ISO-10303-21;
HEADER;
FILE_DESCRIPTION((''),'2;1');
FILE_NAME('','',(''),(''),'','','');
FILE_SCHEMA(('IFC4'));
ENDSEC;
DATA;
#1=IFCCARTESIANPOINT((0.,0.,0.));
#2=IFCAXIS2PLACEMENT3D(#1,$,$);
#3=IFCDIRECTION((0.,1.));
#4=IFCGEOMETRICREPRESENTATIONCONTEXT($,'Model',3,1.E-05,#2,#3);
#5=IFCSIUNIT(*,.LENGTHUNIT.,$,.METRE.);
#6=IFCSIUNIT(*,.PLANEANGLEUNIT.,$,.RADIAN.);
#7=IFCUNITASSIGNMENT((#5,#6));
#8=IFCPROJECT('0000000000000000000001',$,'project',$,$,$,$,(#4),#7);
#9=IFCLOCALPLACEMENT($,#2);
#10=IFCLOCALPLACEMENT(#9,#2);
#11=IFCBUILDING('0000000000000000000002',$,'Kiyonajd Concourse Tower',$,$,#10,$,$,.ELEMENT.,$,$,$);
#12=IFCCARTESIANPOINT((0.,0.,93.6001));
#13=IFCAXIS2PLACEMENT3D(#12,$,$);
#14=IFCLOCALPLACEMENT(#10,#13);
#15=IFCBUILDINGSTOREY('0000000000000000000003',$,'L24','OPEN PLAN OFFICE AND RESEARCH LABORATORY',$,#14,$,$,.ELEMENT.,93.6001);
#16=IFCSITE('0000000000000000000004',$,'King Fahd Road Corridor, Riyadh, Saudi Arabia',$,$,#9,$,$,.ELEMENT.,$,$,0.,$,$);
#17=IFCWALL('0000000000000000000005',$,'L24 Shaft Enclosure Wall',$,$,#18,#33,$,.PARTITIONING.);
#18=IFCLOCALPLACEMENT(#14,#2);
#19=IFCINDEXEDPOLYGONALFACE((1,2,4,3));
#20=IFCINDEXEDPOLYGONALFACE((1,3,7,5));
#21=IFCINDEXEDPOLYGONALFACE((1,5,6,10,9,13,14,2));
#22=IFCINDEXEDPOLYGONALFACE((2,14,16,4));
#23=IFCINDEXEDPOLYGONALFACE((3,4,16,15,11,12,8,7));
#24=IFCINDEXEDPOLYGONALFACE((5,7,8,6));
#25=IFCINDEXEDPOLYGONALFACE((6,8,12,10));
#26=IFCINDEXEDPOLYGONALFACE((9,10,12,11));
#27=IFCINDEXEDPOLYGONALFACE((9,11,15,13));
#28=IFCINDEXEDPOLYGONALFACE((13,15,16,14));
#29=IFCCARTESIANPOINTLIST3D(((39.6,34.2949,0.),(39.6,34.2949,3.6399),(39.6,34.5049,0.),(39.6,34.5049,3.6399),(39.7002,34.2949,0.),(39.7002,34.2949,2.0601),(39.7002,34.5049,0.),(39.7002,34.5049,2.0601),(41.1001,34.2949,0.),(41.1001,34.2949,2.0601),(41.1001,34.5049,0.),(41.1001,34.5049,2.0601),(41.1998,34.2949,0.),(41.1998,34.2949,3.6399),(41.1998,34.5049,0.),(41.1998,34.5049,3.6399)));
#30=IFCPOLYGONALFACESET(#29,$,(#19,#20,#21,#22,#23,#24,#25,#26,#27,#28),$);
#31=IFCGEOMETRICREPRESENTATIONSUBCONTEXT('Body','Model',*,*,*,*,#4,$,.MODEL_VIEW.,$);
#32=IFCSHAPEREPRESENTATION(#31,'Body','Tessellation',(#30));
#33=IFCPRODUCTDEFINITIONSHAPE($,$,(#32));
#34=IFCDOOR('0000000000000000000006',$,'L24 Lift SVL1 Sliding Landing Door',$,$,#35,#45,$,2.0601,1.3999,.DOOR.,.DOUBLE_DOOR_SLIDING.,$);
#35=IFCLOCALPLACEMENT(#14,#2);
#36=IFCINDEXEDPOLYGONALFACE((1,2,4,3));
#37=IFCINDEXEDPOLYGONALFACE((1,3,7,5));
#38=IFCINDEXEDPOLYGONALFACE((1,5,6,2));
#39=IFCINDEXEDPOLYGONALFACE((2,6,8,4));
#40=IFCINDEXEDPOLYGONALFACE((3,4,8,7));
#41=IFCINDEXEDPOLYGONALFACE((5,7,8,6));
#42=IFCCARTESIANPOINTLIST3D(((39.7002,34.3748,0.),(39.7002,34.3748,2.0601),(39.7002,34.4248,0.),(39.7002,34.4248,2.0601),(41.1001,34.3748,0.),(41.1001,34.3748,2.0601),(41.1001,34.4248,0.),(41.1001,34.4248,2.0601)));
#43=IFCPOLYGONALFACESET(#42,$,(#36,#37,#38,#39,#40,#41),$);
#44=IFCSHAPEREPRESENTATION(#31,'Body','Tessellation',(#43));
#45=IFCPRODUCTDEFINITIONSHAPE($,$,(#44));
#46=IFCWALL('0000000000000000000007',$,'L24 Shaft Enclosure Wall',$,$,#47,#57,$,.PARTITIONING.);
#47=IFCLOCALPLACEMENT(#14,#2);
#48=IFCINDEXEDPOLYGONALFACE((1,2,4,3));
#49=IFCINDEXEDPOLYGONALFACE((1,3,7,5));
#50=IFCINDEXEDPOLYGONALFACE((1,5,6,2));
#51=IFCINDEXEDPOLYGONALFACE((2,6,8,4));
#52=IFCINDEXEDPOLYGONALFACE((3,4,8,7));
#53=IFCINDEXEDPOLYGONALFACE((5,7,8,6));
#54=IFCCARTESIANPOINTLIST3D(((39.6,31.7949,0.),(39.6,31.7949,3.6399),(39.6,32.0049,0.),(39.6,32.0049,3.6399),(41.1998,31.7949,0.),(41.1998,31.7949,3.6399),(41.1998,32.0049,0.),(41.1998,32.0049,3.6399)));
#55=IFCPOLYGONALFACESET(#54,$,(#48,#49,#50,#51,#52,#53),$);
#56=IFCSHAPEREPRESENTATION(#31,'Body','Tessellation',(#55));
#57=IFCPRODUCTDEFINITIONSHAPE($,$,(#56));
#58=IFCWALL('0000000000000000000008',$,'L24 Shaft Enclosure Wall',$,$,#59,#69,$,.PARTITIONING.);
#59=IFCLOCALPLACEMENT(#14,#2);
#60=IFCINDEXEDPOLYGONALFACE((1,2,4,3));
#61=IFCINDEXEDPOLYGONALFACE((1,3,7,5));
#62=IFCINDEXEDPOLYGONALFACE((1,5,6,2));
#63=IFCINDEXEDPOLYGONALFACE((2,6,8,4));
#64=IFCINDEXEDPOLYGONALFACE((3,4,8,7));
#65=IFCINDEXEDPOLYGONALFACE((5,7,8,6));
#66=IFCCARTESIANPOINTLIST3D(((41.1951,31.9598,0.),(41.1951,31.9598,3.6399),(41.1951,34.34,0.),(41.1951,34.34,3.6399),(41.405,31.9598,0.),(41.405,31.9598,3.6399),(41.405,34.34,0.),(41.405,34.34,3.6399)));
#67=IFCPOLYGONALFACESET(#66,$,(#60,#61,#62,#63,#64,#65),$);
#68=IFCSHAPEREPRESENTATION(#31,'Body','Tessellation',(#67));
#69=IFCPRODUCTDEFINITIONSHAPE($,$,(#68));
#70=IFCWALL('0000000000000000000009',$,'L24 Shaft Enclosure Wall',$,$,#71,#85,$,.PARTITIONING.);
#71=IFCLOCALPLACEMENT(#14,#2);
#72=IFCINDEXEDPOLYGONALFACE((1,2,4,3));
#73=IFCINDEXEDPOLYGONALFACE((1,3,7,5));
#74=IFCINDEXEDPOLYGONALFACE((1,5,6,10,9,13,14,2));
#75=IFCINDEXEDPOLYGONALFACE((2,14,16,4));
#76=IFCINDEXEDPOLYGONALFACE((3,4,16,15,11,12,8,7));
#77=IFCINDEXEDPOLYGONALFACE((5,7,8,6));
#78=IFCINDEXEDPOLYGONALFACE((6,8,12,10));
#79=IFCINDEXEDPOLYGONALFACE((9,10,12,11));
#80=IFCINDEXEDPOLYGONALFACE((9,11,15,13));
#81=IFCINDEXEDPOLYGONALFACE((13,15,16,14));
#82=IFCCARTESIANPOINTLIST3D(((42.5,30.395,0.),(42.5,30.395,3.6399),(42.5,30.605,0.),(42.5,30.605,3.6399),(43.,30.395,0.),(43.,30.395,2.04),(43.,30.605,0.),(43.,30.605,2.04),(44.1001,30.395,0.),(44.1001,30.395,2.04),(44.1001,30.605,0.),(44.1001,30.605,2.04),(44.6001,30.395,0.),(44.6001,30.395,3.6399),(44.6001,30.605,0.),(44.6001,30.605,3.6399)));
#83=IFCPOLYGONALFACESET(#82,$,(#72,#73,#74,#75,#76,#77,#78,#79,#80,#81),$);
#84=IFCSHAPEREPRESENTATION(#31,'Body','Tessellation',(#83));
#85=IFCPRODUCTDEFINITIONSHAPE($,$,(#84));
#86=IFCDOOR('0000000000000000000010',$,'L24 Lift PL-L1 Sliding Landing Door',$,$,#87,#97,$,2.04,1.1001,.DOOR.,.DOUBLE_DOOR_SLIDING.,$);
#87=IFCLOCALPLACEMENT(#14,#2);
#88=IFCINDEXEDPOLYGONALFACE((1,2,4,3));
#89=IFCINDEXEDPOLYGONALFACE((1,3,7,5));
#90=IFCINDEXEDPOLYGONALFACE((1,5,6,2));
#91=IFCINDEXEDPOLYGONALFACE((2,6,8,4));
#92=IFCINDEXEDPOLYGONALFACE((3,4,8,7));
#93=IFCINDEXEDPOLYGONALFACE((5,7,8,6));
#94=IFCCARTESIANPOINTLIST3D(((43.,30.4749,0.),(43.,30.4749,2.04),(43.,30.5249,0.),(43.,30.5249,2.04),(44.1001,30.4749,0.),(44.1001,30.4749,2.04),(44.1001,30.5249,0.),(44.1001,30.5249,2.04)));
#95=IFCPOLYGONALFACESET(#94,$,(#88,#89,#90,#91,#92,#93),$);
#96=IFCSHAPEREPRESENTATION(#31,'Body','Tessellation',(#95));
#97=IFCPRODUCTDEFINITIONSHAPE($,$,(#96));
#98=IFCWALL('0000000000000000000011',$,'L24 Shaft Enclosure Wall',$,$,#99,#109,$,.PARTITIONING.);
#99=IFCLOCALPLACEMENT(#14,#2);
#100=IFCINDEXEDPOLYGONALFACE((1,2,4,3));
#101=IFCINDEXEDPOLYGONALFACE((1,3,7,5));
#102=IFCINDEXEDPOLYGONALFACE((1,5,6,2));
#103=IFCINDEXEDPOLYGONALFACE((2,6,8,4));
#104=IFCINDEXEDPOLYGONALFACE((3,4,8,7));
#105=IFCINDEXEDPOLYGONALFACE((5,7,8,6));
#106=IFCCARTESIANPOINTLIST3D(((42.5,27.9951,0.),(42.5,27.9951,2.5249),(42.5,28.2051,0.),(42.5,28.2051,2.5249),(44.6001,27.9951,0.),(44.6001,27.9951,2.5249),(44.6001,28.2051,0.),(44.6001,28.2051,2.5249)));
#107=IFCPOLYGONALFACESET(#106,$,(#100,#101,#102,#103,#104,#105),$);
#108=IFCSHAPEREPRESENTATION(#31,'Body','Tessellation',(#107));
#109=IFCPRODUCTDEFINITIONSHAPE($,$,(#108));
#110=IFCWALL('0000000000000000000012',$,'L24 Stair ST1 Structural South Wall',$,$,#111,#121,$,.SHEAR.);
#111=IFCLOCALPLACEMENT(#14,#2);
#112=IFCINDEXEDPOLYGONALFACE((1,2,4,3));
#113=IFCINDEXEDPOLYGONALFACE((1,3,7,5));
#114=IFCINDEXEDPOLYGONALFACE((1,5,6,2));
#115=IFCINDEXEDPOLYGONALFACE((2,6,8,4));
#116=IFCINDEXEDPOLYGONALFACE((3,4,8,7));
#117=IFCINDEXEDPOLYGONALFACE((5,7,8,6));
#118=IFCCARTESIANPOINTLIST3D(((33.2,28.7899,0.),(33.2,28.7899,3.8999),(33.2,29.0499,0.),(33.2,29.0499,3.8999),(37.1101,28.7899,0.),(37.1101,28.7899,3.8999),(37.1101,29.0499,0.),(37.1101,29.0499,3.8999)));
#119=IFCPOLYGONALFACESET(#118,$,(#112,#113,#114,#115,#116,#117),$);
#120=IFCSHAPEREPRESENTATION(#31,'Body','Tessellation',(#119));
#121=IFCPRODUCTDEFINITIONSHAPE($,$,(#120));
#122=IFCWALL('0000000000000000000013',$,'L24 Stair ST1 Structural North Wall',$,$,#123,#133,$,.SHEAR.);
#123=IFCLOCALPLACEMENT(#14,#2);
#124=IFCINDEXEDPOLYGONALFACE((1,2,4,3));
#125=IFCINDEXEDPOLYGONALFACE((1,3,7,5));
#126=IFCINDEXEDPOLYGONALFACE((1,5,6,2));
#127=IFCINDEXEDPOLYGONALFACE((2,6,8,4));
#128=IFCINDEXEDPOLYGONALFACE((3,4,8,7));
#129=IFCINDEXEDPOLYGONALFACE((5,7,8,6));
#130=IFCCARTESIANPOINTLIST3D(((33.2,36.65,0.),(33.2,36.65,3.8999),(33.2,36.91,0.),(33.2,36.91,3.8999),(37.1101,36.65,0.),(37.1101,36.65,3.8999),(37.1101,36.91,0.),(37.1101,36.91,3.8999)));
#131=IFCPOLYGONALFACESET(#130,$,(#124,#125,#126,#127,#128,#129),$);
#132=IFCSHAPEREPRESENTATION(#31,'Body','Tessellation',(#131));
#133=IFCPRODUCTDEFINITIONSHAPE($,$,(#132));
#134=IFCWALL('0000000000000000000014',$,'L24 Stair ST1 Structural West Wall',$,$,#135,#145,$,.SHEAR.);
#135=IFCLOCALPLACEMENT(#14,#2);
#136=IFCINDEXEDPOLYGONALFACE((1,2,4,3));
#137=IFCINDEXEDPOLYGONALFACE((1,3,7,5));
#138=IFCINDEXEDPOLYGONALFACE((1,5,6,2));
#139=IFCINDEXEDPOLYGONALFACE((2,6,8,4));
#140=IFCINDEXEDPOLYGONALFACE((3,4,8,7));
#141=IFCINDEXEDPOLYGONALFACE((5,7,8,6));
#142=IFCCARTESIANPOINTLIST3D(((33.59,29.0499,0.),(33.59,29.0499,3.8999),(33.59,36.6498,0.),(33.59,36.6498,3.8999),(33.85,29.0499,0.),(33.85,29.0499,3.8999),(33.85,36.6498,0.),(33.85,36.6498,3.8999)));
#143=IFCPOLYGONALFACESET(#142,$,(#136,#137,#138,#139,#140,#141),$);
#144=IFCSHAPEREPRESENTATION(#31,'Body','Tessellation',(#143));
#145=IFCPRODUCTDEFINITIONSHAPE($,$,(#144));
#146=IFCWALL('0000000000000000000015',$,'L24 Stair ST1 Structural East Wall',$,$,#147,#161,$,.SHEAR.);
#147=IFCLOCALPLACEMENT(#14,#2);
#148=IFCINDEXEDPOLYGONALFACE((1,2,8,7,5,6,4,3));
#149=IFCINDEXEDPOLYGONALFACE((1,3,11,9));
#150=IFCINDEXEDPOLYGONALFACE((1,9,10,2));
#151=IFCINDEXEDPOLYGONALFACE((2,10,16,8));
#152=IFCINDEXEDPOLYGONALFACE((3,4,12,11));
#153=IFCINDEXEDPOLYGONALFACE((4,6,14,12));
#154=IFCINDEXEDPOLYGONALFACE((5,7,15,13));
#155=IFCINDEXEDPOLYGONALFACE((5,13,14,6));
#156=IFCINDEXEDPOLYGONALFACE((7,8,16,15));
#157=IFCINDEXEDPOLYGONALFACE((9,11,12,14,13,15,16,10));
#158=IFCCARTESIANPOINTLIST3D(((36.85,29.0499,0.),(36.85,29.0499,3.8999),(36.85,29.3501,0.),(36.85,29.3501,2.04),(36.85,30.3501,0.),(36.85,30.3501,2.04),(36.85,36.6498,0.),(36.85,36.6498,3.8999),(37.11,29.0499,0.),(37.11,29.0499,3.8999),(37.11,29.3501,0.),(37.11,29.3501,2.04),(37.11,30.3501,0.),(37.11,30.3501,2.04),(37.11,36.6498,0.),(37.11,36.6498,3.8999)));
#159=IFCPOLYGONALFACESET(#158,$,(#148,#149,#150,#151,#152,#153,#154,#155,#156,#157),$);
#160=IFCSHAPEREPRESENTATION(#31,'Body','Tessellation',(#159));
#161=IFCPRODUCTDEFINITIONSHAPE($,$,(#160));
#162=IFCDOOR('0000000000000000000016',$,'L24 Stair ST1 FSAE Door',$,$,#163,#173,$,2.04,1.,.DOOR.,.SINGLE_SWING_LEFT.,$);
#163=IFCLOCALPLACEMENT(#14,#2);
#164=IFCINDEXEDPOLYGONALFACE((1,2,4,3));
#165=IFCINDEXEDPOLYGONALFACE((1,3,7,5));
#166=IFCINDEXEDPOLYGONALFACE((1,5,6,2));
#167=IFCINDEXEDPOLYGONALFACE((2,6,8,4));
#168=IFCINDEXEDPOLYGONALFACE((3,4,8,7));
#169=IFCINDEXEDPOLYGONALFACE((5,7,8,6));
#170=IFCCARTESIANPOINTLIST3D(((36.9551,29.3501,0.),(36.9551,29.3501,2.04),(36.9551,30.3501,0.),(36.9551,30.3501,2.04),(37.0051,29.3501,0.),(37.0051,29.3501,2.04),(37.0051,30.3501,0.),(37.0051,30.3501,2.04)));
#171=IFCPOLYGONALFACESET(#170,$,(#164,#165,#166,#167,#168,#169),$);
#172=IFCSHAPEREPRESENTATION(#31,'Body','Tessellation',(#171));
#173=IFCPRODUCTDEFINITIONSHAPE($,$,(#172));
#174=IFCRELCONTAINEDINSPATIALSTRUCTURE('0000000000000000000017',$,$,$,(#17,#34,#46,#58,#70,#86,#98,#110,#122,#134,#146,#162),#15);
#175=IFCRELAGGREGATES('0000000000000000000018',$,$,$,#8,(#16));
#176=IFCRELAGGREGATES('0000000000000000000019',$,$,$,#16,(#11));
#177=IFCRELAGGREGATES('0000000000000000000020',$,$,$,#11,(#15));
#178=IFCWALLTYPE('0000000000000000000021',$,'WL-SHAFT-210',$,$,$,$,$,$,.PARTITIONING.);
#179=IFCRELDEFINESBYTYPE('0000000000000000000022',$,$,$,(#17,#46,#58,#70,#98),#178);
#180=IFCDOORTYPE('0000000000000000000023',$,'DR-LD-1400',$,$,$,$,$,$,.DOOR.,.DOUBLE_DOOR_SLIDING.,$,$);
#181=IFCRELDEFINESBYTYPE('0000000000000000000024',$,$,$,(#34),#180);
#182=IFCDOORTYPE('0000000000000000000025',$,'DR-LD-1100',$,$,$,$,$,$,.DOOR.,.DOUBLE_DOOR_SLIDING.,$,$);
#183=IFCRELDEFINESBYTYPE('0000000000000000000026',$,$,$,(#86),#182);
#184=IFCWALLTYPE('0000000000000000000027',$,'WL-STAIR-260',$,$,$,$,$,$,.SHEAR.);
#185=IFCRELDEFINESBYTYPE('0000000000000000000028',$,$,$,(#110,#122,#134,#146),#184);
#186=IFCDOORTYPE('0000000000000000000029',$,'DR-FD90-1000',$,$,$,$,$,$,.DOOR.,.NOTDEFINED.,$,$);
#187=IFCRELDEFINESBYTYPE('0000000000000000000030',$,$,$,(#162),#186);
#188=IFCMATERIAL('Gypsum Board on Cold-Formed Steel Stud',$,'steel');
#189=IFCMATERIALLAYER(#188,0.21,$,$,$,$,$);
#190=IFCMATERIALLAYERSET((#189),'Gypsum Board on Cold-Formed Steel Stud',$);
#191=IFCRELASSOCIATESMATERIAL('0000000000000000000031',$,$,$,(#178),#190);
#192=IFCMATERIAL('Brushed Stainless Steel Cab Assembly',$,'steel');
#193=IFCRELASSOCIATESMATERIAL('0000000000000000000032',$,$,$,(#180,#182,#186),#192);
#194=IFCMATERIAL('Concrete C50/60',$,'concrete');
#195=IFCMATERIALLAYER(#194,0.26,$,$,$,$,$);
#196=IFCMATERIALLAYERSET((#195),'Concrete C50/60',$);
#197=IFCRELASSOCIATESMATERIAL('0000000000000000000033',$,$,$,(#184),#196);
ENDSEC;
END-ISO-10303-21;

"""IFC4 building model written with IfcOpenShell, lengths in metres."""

from ifc_helpers import new_model, si_unit, direction, frame, frame_2d, origin, place, context, subcontext, project, spatial, rectangle, extrude, material, layer, layer_set, type_object, element, fill, save


model = new_model("IFC4")

# Units and contexts
model_context = context("Model", 3, precision=1e-05, world=origin(), true_north=direction((0.0, 1.0)))
body_context = subcontext(model_context, "Body", "Model", "MODEL_VIEW")
ifc_project = project(units=[si_unit("LENGTHUNIT", "METRE"), si_unit("PLANEANGLEUNIT", "RADIAN")], contexts=[model_context])

# Site, building, storey
site_placement = place(None, origin())
site = spatial("IfcSite", under=ifc_project, at=site_placement, Name="King Fahd Road Corridor, Riyadh, Saudi Arabia", CompositionType="ELEMENT", RefElevation=0.0)
building_placement = place(site_placement, origin())
building = spatial("IfcBuilding", under=site, at=building_placement, Name="Kiyonajd Concourse Tower", CompositionType="ELEMENT")
storey_placement = place(building_placement, frame((0.0, 0.0, 93.6001)))
storey = spatial("IfcBuildingStorey", under=building, at=storey_placement, Name="L24", Description="OPEN PLAN OFFICE AND RESEARCH LABORATORY", CompositionType="ELEMENT", Elevation=93.6001)

# Shared definitions
ifc_material_1 = material(Name="Concrete C50/60", Category="concrete")

# Shared definitions
ifc_material_2 = material(Name="Brushed Stainless Steel Cab Assembly", Category="steel")
ifc_material_3 = material(Name="Gypsum Board on Cold-Formed Steel Stud", Category="steel")
ifc_layer_1 = layer(ifc_material_3, 0.21)
ifc_layer_set_1 = layer_set([ifc_layer_1], Name="Gypsum Board on Cold-Formed Steel Stud")
wall_type_1 = type_object("IfcWallType", Name="WL-SHAFT-210", PredefinedType="PARTITIONING", material=ifc_layer_set_1)

# Wall, opening, door
wall_1_placement = place(storey_placement, frame((39.6001, 34.3999, 0.0), z_axis=(0.0, 0.0, 1.0), x_axis=(1.0, 0.0, 0.0)))
wall_1 = element("IfcWall", 1, at=wall_1_placement, inside=storey, type_object=wall_type_1, Name="L24 Shaft Enclosure Wall", PredefinedType="PARTITIONING", context=body_context, shape_type="SweptSolid", body=[
    extrude(rectangle(XDim=1.5999, YDim=0.21, at=frame_2d((0.7998, 0.0))), origin(), (0.0, 0.0, 1.0), 3.6399),
])
opening_1_placement = place(wall_1_placement, frame((0.1001, 0.0, 0.0)))
opening_1 = element("IfcOpeningElement", 2, at=opening_1_placement, cuts=wall_1, PredefinedType="OPENING", context=body_context, shape_type="SweptSolid", body=[
    extrude(rectangle(XDim=1.3999, YDim=2.0601, at=frame_2d((0.7, 1.03))), frame((0.0, 0.115, 0.0), z_axis=(0.0, -1.0, 0.0), x_axis=(1.0, 0.0, 0.0)), (0.0, 0.0, 1.0), 0.23),
])
door_type_1 = type_object("IfcDoorType", Name="DR-LD-1400", OperationType="DOUBLE_DOOR_SLIDING", PredefinedType="DOOR", material=ifc_material_2)
door_1_placement = place(opening_1_placement, origin())
door_1 = element("IfcDoor", 3, at=door_1_placement, inside=storey, type_object=door_type_1, Name="L24 Lift SVL1 Sliding Landing Door", OperationType="DOUBLE_DOOR_SLIDING", OverallHeight=2.0601, OverallWidth=1.3999, PredefinedType="DOOR", context=body_context, shape_type="SweptSolid", body=[
    extrude(rectangle(XDim=1.3999, YDim=2.0601, at=frame_2d((0.7, 1.03))), frame((0.0, 0.0249, 0.0), z_axis=(0.0, -1.0, 0.0), x_axis=(1.0, 0.0, 0.0)), (0.0, 0.0, 1.0), 0.05),
])
fill(opening_1, door_1)

# Walls
wall_2_placement = place(storey_placement, frame((39.6001, 31.8999, 0.0), z_axis=(0.0, 0.0, 1.0), x_axis=(1.0, 0.0, 0.0)))
element("IfcWall", 4, at=wall_2_placement, inside=storey, type_object=wall_type_1, Name="L24 Shaft Enclosure Wall", PredefinedType="PARTITIONING", context=body_context, shape_type="SweptSolid", body=[
    extrude(rectangle(XDim=1.5999, YDim=0.21, at=frame_2d((0.7998, 0.0))), origin(), (0.0, 0.0, 1.0), 3.6399),
])
wall_3_placement = place(storey_placement, frame((41.3, 31.96, 0.0), z_axis=(0.0, 0.0, 1.0), x_axis=(0.0, 1.0, 0.0)))
element("IfcWall", 5, at=wall_3_placement, inside=storey, type_object=wall_type_1, Name="L24 Shaft Enclosure Wall", PredefinedType="PARTITIONING", context=body_context, shape_type="SweptSolid", body=[
    extrude(rectangle(XDim=2.3801, YDim=0.21, at=frame_2d((1.1899, 0.0))), origin(), (0.0, 0.0, 1.0), 3.6399),
])

# Wall, opening, door
wall_4_placement = place(storey_placement, frame((42.5, 30.5, 0.0), z_axis=(0.0, 0.0, 1.0), x_axis=(1.0, 0.0, 0.0)))
wall_4 = element("IfcWall", 6, at=wall_4_placement, inside=storey, type_object=wall_type_1, Name="L24 Shaft Enclosure Wall", PredefinedType="PARTITIONING", context=body_context, shape_type="SweptSolid", body=[
    extrude(rectangle(XDim=2.1001, YDim=0.21, at=frame_2d((1.05, 0.0))), origin(), (0.0, 0.0, 1.0), 3.6399),
])
opening_2_placement = place(wall_4_placement, frame((0.5, 0.0, 0.0)))
opening_2 = element("IfcOpeningElement", 7, at=opening_2_placement, cuts=wall_4, PredefinedType="OPENING", context=body_context, shape_type="SweptSolid", body=[
    extrude(rectangle(XDim=1.1001, YDim=2.04, at=frame_2d((0.55, 1.02))), frame((0.0, 0.115, 0.0), z_axis=(0.0, -1.0, 0.0), x_axis=(1.0, 0.0, 0.0)), (0.0, 0.0, 1.0), 0.23),
])
door_type_2 = type_object("IfcDoorType", Name="DR-LD-1100", OperationType="DOUBLE_DOOR_SLIDING", PredefinedType="DOOR", material=ifc_material_2)
door_2_placement = place(opening_2_placement, origin())
door_2 = element("IfcDoor", 8, at=door_2_placement, inside=storey, type_object=door_type_2, Name="L24 Lift PL-L1 Sliding Landing Door", OperationType="DOUBLE_DOOR_SLIDING", OverallHeight=2.04, OverallWidth=1.1001, PredefinedType="DOOR", context=body_context, shape_type="SweptSolid", body=[
    extrude(rectangle(XDim=1.1001, YDim=2.04, at=frame_2d((0.55, 1.02))), frame((0.0, 0.0249, 0.0), z_axis=(0.0, -1.0, 0.0), x_axis=(1.0, 0.0, 0.0)), (0.0, 0.0, 1.0), 0.05),
])
fill(opening_2, door_2)

# Walls
wall_5_placement = place(storey_placement, frame((42.5, 28.1001, 0.0), z_axis=(0.0, 0.0, 1.0), x_axis=(1.0, 0.0, 0.0)))
element("IfcWall", 9, at=wall_5_placement, inside=storey, type_object=wall_type_1, Name="L24 Shaft Enclosure Wall", PredefinedType="PARTITIONING", context=body_context, shape_type="SweptSolid", body=[
    extrude(rectangle(XDim=2.1001, YDim=0.21, at=frame_2d((1.05, 0.0))), origin(), (0.0, 0.0, 1.0), 2.5249),
])
ifc_layer_2 = layer(ifc_material_1, 0.26)
ifc_layer_set_2 = layer_set([ifc_layer_2], Name="Concrete C50/60")
wall_type_2 = type_object("IfcWallType", Name="WL-STAIR-260", PredefinedType="SHEAR", material=ifc_layer_set_2)
for number, where, z_axis, x_axis, name in (
    (10, (33.2, 28.9199, 0.0), (0.0, 0.0, 1.0), (1.0, 0.0, 0.0), "L24 Stair ST1 Structural South Wall"),
    (11, (33.2, 36.78, 0.0), (0.0, 0.0, 1.0), (1.0, 0.0, 0.0), "L24 Stair ST1 Structural North Wall"),
):
    element("IfcWall", number, at=place(storey_placement, frame(where, z_axis=z_axis, x_axis=x_axis)), inside=storey, type_object=wall_type_2, Name=name, PredefinedType="SHEAR", context=body_context, shape_type="SweptSolid", body=[
        extrude(rectangle(XDim=3.9102, YDim=0.26, at=frame_2d((1.9551, 0.0))), origin(), (0.0, 0.0, 1.0), 3.8999),
    ])
wall_6_placement = place(storey_placement, frame((33.72, 29.05, 0.0), z_axis=(0.0, 0.0, 1.0), x_axis=(0.0, 1.0, 0.0)))
element("IfcWall", 12, at=wall_6_placement, inside=storey, type_object=wall_type_2, Name="L24 Stair ST1 Structural West Wall", PredefinedType="SHEAR", context=body_context, shape_type="SweptSolid", body=[
    extrude(rectangle(XDim=7.5999, YDim=0.26, at=frame_2d((3.7998, 0.0))), origin(), (0.0, 0.0, 1.0), 3.8999),
])

# Wall, opening, door
wall_7_placement = place(storey_placement, frame((36.98, 29.05, 0.0), z_axis=(0.0, 0.0, 1.0), x_axis=(0.0, 1.0, 0.0)))
wall_7 = element("IfcWall", 13, at=wall_7_placement, inside=storey, type_object=wall_type_2, Name="L24 Stair ST1 Structural East Wall", PredefinedType="SHEAR", context=body_context, shape_type="SweptSolid", body=[
    extrude(rectangle(XDim=7.5999, YDim=0.26, at=frame_2d((3.7998, 0.0))), origin(), (0.0, 0.0, 1.0), 3.8999),
])
opening_3_placement = place(wall_7_placement, frame((0.3, 0.0, 0.0)))
opening_3 = element("IfcOpeningElement", 14, at=opening_3_placement, cuts=wall_7, PredefinedType="OPENING", context=body_context, shape_type="SweptSolid", body=[
    extrude(rectangle(XDim=1.0, YDim=2.04, at=frame_2d((0.5, 1.02))), frame((0.0, 0.1399, 0.0), z_axis=(0.0, -1.0, 0.0), x_axis=(1.0, 0.0, 0.0)), (0.0, 0.0, 1.0), 0.28),
])
door_type_3 = type_object("IfcDoorType", Name="DR-FD90-1000", OperationType="NOTDEFINED", PredefinedType="DOOR", material=ifc_material_2)
door_3_placement = place(opening_3_placement, origin())
door_3 = element("IfcDoor", 15, at=door_3_placement, inside=storey, type_object=door_type_3, Name="L24 Stair ST1 FSAE Door", OperationType="SINGLE_SWING_LEFT", OverallHeight=2.04, OverallWidth=1.0, PredefinedType="DOOR", context=body_context, shape_type="SweptSolid", body=[
    extrude(rectangle(XDim=1.0, YDim=2.04, at=frame_2d((0.5, 1.02))), frame((0.0, 0.0249, 0.0), z_axis=(0.0, -1.0, 0.0), x_axis=(1.0, 0.0, 0.0)), (0.0, 0.0, 1.0), 0.05),
])
fill(opening_3, door_3)

save(model, "model.ifc")
